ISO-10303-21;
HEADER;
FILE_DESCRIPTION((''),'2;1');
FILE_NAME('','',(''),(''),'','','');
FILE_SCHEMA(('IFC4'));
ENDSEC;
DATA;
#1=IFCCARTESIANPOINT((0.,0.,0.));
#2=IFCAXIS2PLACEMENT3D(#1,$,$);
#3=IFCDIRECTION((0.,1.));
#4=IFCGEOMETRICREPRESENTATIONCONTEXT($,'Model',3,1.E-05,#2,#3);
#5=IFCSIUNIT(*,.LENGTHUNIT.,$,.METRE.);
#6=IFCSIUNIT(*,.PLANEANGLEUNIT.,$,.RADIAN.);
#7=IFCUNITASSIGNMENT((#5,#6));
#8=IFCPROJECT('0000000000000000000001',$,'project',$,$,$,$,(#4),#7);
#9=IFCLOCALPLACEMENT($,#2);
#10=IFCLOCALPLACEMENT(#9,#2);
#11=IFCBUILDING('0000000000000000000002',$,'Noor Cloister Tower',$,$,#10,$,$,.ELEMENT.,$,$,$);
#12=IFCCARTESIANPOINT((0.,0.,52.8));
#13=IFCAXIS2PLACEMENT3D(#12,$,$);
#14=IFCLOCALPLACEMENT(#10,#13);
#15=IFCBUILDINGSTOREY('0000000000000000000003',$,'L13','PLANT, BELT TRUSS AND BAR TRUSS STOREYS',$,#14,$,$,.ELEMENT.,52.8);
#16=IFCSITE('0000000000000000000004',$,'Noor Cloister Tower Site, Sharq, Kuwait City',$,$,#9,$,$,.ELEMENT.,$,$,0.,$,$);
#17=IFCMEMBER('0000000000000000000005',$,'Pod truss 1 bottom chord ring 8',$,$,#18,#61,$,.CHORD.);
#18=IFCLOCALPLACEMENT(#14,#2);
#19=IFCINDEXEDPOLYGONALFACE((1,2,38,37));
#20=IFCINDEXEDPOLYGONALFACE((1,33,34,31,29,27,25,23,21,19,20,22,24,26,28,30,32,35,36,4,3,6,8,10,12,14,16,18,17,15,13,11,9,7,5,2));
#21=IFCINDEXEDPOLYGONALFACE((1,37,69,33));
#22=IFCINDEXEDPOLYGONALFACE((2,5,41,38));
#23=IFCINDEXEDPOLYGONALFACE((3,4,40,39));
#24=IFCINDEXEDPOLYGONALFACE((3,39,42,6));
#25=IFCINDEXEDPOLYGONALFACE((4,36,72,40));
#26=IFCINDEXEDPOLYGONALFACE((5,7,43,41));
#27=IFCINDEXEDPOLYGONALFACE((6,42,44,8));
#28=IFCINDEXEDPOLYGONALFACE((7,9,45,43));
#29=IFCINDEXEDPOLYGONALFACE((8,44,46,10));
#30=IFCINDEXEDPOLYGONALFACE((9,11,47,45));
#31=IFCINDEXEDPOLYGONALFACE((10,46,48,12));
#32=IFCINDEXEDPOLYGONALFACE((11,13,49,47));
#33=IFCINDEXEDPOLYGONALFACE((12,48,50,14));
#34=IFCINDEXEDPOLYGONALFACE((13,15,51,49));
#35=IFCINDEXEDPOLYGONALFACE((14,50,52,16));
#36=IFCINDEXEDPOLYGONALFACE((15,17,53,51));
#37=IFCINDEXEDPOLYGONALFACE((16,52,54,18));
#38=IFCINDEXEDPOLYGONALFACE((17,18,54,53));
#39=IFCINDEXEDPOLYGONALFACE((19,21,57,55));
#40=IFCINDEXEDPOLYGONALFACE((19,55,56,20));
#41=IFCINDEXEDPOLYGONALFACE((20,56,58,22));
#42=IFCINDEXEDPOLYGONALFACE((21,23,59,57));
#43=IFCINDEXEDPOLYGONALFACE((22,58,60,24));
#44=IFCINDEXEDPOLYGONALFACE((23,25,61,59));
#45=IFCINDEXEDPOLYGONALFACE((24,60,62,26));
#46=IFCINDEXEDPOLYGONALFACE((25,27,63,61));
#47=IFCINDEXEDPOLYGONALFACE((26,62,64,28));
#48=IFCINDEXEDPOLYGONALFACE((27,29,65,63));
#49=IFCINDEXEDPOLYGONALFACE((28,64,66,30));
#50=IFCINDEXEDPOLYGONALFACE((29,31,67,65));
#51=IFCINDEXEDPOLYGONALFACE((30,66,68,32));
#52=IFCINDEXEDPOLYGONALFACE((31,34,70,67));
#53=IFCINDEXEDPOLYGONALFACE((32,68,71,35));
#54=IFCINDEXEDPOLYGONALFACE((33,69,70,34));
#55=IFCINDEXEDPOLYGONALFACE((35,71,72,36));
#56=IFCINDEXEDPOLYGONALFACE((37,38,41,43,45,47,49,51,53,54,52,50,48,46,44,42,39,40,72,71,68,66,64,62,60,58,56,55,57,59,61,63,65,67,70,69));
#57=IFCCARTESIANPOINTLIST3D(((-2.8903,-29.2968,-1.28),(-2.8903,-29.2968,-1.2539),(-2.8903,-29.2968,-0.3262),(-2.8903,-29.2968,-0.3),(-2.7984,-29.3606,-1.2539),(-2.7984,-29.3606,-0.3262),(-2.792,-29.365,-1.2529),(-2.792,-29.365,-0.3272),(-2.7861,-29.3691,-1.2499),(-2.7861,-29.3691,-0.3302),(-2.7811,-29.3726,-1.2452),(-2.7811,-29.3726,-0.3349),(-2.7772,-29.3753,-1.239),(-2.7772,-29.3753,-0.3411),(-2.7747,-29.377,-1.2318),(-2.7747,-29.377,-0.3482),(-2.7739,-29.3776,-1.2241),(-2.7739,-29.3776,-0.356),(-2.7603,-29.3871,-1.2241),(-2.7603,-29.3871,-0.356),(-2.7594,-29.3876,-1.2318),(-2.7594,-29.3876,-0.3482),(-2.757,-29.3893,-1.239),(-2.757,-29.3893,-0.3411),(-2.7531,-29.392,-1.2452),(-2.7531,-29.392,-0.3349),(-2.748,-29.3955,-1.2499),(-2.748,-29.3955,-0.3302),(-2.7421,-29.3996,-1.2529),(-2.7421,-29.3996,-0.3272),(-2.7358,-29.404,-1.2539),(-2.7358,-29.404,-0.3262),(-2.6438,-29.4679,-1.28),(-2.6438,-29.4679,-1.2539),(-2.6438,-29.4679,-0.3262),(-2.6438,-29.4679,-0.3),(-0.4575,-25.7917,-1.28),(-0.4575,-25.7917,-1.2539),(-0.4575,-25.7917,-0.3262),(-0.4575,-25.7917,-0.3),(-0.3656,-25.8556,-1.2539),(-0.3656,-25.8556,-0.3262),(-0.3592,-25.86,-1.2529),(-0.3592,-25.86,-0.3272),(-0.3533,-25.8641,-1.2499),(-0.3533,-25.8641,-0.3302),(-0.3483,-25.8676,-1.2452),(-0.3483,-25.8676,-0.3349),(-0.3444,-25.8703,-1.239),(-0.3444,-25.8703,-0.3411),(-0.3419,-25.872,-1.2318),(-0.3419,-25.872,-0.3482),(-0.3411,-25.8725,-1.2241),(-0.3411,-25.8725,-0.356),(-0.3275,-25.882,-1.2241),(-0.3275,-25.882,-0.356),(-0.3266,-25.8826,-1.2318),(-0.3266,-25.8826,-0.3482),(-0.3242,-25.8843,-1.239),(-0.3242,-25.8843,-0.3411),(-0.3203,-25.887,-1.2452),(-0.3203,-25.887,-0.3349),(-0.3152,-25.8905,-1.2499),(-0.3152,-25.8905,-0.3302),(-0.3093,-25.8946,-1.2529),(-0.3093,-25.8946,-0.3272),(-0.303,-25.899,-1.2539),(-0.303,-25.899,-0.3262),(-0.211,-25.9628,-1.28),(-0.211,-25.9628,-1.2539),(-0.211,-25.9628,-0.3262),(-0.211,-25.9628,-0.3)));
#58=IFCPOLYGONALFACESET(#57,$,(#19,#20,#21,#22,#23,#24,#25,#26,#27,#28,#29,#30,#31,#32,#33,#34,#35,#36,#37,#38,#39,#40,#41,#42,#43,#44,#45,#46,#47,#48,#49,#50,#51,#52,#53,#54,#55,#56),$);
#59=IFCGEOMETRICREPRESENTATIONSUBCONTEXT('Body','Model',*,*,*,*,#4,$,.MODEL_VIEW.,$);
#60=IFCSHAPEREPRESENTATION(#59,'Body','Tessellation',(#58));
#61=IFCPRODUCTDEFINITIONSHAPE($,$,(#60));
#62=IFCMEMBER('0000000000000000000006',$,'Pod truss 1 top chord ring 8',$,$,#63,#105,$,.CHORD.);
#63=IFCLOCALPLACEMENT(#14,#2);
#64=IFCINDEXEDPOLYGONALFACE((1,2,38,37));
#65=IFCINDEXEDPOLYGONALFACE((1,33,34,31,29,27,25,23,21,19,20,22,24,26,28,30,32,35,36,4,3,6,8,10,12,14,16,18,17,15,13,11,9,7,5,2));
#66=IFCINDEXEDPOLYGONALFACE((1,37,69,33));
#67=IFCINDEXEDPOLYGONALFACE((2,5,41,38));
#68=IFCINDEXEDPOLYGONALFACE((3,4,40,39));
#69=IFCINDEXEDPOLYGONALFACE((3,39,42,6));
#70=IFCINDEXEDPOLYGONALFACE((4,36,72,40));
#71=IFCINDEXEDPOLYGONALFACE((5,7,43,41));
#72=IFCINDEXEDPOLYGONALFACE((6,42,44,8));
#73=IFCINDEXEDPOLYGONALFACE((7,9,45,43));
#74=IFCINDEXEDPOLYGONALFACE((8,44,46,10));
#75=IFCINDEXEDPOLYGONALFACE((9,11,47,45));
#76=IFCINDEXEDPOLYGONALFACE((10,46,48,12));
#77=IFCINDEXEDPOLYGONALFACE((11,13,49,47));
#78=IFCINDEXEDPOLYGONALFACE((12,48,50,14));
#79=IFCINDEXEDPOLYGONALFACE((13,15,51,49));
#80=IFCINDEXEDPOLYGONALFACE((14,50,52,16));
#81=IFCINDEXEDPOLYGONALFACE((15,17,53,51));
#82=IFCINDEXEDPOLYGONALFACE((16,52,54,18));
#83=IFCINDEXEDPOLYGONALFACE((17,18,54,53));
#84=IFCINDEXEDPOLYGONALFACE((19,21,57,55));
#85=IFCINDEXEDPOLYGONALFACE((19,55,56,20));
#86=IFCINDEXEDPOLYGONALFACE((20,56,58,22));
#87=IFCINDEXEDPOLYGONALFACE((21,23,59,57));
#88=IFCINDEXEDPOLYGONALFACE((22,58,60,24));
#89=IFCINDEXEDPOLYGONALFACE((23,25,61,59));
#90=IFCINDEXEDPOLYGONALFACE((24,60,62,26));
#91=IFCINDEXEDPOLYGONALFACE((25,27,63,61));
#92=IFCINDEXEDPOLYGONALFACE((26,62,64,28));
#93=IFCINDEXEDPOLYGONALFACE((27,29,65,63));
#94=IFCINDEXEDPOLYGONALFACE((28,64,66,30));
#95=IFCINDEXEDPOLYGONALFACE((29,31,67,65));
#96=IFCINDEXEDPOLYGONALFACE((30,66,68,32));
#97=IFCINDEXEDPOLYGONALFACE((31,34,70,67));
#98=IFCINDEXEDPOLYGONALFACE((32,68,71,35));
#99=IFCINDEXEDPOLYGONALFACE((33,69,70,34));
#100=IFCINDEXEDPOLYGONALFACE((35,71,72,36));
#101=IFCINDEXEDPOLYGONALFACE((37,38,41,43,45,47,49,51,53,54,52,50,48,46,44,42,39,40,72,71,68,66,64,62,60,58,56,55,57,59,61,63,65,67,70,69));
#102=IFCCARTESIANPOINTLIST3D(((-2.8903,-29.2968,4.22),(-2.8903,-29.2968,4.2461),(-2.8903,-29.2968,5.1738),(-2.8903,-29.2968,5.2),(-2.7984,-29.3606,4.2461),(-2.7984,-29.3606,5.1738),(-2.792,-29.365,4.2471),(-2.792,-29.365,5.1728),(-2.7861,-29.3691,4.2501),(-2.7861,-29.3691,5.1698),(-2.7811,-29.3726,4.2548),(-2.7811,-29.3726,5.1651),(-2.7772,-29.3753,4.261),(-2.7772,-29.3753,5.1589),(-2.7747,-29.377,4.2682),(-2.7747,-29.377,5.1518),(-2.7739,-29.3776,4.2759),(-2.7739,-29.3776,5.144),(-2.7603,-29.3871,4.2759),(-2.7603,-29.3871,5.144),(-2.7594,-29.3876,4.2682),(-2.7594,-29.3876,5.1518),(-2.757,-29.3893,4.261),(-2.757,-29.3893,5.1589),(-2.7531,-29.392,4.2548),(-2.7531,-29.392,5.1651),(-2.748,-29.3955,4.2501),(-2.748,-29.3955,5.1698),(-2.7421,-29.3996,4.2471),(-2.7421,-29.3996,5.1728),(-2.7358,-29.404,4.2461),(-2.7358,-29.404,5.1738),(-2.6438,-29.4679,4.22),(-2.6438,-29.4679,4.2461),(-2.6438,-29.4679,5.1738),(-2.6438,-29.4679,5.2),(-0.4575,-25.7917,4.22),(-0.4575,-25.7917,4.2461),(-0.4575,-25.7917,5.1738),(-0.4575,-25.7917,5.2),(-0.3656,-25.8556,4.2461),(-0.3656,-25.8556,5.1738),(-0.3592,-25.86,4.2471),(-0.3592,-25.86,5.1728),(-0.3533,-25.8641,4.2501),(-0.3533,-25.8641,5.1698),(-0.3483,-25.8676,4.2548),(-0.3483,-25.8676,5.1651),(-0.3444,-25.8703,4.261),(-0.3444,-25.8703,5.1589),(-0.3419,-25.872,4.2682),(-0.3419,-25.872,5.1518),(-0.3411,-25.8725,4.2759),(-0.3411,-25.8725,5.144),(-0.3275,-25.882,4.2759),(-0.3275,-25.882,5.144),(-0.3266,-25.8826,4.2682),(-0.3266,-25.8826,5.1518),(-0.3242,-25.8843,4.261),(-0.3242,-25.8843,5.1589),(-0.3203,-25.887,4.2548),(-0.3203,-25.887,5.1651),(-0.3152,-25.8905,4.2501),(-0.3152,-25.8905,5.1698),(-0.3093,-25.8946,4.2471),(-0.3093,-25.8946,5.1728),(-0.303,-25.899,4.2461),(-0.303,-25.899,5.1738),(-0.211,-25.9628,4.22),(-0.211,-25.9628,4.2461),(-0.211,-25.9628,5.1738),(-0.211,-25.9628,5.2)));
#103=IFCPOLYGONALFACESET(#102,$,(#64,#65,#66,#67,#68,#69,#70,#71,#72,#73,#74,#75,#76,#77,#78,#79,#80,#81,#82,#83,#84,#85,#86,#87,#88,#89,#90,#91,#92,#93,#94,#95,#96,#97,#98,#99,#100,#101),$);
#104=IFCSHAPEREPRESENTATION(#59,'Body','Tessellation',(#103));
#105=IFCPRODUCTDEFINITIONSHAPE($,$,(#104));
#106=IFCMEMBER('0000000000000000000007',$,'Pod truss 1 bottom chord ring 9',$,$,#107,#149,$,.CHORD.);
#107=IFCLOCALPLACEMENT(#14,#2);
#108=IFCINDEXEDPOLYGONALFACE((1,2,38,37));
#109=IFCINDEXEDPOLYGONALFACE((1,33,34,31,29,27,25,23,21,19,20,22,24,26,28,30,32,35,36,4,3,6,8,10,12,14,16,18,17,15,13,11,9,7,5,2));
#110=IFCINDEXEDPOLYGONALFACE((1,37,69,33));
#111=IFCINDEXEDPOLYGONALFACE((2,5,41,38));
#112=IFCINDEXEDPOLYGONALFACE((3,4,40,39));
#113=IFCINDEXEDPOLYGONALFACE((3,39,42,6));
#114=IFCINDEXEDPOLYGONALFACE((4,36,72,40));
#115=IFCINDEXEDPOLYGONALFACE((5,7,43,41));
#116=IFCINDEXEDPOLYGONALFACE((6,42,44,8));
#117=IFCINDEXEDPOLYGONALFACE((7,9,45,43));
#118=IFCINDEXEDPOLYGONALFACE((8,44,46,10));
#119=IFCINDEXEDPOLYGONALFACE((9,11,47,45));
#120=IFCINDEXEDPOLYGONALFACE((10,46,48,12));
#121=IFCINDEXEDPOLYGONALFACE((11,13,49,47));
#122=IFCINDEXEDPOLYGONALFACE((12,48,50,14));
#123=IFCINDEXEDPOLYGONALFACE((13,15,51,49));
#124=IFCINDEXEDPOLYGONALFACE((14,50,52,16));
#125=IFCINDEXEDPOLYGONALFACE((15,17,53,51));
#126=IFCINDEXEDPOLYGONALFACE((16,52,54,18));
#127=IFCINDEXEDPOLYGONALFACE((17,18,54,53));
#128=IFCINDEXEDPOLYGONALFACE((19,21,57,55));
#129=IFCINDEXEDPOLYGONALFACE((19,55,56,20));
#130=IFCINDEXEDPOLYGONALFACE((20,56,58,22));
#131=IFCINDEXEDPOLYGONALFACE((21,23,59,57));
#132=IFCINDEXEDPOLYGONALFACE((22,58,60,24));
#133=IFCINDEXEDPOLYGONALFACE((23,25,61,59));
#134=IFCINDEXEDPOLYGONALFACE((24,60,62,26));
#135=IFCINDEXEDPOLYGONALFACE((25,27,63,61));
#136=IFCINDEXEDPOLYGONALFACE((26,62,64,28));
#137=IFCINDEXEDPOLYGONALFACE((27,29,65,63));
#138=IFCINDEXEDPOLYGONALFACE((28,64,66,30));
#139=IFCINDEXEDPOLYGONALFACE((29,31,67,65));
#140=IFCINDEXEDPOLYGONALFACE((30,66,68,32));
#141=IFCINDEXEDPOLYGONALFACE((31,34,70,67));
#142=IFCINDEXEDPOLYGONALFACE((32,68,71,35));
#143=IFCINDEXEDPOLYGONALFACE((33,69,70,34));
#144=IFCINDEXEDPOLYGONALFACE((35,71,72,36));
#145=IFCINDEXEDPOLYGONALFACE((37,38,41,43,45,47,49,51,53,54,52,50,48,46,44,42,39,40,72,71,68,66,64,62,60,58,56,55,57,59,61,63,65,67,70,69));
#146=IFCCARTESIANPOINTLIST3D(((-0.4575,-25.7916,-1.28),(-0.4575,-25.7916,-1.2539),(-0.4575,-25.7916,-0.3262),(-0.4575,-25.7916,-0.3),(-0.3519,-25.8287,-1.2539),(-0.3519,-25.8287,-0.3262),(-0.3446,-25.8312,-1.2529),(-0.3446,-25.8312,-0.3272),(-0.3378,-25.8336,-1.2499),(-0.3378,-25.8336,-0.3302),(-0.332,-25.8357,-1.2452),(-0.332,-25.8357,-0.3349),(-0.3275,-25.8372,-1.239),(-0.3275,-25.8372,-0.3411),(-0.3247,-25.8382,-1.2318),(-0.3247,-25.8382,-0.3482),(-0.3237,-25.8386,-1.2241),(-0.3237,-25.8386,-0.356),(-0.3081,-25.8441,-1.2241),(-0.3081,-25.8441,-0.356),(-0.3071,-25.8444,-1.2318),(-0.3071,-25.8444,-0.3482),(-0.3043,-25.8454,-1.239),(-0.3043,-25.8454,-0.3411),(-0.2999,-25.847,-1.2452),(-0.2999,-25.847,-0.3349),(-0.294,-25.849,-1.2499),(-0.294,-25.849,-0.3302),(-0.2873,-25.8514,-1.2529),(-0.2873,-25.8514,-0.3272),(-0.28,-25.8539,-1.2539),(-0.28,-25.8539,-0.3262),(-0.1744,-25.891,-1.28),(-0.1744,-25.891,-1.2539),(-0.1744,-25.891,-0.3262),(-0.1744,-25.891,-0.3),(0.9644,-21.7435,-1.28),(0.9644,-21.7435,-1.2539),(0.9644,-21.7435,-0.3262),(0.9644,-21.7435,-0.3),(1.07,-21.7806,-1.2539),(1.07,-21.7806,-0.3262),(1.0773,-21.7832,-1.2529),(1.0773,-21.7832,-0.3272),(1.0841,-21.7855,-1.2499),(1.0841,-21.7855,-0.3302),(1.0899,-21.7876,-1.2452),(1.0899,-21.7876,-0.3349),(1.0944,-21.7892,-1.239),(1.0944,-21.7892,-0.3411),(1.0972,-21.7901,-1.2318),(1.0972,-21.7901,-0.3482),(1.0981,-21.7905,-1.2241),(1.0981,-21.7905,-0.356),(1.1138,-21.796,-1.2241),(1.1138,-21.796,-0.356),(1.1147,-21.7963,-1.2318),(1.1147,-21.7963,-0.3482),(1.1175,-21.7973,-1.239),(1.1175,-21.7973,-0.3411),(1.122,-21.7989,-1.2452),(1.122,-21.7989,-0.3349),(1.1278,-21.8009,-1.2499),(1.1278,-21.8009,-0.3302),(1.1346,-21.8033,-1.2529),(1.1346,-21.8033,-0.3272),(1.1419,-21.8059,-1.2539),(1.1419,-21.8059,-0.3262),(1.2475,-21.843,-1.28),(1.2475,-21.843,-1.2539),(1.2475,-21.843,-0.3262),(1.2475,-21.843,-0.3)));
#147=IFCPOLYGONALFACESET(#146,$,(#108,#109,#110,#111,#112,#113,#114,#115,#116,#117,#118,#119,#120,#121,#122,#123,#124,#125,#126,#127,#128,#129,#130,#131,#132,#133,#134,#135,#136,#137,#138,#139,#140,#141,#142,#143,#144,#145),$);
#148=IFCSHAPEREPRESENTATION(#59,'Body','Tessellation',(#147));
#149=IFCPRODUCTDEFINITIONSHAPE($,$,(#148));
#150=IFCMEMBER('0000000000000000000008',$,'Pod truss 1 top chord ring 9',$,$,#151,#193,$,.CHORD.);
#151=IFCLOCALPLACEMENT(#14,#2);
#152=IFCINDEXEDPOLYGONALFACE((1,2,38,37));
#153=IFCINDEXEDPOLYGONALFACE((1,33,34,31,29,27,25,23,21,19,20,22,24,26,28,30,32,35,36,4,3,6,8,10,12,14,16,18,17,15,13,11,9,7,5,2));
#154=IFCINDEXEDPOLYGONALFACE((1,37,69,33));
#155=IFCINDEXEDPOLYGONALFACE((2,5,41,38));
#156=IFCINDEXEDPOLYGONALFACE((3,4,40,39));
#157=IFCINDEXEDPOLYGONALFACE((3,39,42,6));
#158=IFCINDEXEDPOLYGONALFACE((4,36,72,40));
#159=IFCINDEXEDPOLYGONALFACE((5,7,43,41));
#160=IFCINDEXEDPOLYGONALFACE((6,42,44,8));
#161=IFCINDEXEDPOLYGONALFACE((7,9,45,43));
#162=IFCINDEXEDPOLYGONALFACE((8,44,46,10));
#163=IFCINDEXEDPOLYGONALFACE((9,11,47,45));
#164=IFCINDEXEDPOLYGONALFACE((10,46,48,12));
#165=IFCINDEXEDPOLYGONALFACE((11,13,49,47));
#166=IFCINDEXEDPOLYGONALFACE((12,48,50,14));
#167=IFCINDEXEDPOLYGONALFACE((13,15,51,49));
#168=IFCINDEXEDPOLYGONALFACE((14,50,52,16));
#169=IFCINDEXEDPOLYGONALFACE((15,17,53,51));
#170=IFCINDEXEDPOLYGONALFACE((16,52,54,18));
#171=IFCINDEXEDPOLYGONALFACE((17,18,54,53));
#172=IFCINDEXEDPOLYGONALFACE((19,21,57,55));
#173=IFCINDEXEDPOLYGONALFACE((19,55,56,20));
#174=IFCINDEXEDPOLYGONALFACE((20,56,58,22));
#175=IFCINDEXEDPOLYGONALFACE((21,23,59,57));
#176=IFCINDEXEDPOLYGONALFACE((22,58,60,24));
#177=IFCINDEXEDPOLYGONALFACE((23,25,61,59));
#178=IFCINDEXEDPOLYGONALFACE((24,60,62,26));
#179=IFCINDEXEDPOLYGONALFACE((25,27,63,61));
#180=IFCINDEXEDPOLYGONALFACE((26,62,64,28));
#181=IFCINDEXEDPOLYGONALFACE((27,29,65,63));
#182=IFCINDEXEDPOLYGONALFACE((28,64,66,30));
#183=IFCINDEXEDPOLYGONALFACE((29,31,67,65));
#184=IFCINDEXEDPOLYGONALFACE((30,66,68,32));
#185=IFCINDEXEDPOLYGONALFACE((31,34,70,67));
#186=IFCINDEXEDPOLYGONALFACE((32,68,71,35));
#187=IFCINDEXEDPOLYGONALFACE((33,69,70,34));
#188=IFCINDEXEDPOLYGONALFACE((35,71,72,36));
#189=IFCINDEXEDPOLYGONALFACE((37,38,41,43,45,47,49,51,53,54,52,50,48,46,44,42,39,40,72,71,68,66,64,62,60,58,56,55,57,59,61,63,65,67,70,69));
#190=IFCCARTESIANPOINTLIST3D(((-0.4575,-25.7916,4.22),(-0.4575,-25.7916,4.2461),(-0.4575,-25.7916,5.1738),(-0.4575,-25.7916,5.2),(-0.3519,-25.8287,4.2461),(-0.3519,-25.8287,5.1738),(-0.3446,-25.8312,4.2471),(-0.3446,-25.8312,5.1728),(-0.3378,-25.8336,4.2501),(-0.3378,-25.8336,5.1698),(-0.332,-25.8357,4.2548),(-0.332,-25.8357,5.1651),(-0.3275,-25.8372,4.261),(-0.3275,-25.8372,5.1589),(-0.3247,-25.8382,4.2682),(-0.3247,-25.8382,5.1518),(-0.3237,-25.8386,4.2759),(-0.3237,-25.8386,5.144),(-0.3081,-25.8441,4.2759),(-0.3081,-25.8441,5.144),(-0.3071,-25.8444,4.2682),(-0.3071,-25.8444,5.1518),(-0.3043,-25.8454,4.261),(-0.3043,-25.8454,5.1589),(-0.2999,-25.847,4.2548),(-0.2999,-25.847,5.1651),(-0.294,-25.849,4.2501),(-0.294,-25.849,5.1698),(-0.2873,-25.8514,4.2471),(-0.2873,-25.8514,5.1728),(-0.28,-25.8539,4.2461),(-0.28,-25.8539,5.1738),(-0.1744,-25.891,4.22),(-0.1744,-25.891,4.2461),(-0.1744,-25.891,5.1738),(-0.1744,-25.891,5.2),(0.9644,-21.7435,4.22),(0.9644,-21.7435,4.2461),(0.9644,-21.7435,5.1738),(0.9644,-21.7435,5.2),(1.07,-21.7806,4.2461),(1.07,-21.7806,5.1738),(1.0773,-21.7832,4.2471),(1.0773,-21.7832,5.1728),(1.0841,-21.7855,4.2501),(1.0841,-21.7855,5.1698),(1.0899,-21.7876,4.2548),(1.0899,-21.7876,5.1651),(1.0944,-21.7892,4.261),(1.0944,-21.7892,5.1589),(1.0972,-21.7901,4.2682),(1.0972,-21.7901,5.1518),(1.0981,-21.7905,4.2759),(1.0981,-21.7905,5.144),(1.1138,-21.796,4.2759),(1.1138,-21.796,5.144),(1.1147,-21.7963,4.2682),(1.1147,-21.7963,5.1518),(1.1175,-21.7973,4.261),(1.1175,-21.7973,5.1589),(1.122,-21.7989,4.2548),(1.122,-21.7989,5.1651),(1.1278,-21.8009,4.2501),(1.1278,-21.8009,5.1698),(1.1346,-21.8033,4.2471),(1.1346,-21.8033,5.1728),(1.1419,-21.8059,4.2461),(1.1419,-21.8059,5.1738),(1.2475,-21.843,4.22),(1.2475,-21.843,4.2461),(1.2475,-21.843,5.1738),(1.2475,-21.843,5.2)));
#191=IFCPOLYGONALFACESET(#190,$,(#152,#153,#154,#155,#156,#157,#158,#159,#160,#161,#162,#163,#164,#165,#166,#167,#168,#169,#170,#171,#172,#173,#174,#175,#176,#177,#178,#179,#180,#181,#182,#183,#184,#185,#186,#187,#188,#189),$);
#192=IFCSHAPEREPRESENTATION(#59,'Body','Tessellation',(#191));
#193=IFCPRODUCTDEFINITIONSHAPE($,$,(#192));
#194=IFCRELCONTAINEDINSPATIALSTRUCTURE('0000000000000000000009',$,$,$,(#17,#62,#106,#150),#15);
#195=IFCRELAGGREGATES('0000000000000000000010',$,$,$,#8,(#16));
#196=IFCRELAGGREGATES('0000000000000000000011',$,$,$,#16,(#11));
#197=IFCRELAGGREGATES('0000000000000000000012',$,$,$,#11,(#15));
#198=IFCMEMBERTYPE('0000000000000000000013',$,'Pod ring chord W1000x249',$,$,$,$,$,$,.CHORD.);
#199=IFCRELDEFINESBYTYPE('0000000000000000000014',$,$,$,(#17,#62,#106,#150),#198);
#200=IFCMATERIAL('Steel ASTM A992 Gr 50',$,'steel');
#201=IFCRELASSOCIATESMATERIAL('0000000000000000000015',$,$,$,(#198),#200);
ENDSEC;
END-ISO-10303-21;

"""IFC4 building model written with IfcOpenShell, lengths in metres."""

from ifc_helpers import new_model, si_unit, direction, frame, origin, origin_2d, place, context, subcontext, project, spatial, i_section, extrude, material, material_profile, profile_set, type_object, element, save


model = new_model("IFC4")

# Units and contexts
model_context = context("Model", 3, precision=1e-05, world=origin(), true_north=direction((0.0, 1.0)))
body_context = subcontext(model_context, "Body", "Model", "MODEL_VIEW")
ifc_project = project(units=[si_unit("LENGTHUNIT", "METRE"), si_unit("PLANEANGLEUNIT", "RADIAN")], contexts=[model_context])

# Site, building, storey
site_placement = place(None, origin())
site = spatial("IfcSite", under=ifc_project, at=site_placement, Name="Noor Cloister Tower Site, Sharq, Kuwait City", CompositionType="ELEMENT", RefElevation=0.0)
building_placement = place(site_placement, origin())
building = spatial("IfcBuilding", under=site, at=building_placement, Name="Noor Cloister Tower", CompositionType="ELEMENT")
storey_placement = place(building_placement, frame((0.0, 0.0, 52.8)))
storey = spatial("IfcBuildingStorey", under=building, at=storey_placement, Name="L13", Description="PLANT, BELT TRUSS AND BAR TRUSS STOREYS", CompositionType="ELEMENT", Elevation=52.8)

# Members
ifc_material_1 = material(Name="Steel ASTM A992 Gr 50", Category="steel")
ifc_material_profile_1 = material_profile(ifc_material_1, i_section(OverallWidth=0.3, OverallDepth=0.98, WebThickness=0.0166, FlangeThickness=0.0261, FilletRadius=0.0298, at=origin_2d()), Name="W1000x249")
ifc_profile_set_1 = profile_set([ifc_material_profile_1], Name="Steel ASTM A992 Gr 50")
member_type_1 = type_object("IfcMemberType", Name="Pod ring chord W1000x249", PredefinedType="CHORD", material=ifc_profile_set_1)
for number, where, z_axis, x_axis, name in (
    (1, (-2.7671, -29.3823, -0.79), (0.570197, 0.821508, 0.0), (-0.821508, 0.570197, 0.0), "Pod truss 1 bottom chord ring 8"),
    (2, (-2.7671, -29.3823, 4.71), (0.570197, 0.821508, 0.0), (-0.821508, 0.570197, 0.0), "Pod truss 1 top chord ring 8"),
):
    element("IfcMember", number, at=place(storey_placement, frame(where, z_axis=z_axis, x_axis=x_axis)), inside=storey, type_object=member_type_1, Name=name, PredefinedType="CHORD", context=body_context, shape_type="SweptSolid", body=[
        extrude(i_section(OverallWidth=0.3, OverallDepth=0.98, WebThickness=0.0166, FlangeThickness=0.0261, FilletRadius=0.0298, at=origin_2d()), origin(), (0.0, 0.0, 1.0), 4.2666),
    ])
for number, where, z_axis, x_axis, name in (
    (3, (-0.3159, -25.8413, -0.79), (0.331397, 0.943491, 0.0), (-0.943491, 0.331397, 0.0), "Pod truss 1 bottom chord ring 9"),
    (4, (-0.3159, -25.8413, 4.71), (0.331397, 0.943491, 0.0), (-0.943491, 0.331397, 0.0), "Pod truss 1 top chord ring 9"),
):
    element("IfcMember", number, at=place(storey_placement, frame(where, z_axis=z_axis, x_axis=x_axis)), inside=storey, type_object=member_type_1, Name=name, PredefinedType="CHORD", context=body_context, shape_type="SweptSolid", body=[
        extrude(i_section(OverallWidth=0.3, OverallDepth=0.98, WebThickness=0.0166, FlangeThickness=0.0261, FilletRadius=0.0298, at=origin_2d()), origin(), (0.0, 0.0, 1.0), 4.2905),
    ])

save(model, "model.ifc")
